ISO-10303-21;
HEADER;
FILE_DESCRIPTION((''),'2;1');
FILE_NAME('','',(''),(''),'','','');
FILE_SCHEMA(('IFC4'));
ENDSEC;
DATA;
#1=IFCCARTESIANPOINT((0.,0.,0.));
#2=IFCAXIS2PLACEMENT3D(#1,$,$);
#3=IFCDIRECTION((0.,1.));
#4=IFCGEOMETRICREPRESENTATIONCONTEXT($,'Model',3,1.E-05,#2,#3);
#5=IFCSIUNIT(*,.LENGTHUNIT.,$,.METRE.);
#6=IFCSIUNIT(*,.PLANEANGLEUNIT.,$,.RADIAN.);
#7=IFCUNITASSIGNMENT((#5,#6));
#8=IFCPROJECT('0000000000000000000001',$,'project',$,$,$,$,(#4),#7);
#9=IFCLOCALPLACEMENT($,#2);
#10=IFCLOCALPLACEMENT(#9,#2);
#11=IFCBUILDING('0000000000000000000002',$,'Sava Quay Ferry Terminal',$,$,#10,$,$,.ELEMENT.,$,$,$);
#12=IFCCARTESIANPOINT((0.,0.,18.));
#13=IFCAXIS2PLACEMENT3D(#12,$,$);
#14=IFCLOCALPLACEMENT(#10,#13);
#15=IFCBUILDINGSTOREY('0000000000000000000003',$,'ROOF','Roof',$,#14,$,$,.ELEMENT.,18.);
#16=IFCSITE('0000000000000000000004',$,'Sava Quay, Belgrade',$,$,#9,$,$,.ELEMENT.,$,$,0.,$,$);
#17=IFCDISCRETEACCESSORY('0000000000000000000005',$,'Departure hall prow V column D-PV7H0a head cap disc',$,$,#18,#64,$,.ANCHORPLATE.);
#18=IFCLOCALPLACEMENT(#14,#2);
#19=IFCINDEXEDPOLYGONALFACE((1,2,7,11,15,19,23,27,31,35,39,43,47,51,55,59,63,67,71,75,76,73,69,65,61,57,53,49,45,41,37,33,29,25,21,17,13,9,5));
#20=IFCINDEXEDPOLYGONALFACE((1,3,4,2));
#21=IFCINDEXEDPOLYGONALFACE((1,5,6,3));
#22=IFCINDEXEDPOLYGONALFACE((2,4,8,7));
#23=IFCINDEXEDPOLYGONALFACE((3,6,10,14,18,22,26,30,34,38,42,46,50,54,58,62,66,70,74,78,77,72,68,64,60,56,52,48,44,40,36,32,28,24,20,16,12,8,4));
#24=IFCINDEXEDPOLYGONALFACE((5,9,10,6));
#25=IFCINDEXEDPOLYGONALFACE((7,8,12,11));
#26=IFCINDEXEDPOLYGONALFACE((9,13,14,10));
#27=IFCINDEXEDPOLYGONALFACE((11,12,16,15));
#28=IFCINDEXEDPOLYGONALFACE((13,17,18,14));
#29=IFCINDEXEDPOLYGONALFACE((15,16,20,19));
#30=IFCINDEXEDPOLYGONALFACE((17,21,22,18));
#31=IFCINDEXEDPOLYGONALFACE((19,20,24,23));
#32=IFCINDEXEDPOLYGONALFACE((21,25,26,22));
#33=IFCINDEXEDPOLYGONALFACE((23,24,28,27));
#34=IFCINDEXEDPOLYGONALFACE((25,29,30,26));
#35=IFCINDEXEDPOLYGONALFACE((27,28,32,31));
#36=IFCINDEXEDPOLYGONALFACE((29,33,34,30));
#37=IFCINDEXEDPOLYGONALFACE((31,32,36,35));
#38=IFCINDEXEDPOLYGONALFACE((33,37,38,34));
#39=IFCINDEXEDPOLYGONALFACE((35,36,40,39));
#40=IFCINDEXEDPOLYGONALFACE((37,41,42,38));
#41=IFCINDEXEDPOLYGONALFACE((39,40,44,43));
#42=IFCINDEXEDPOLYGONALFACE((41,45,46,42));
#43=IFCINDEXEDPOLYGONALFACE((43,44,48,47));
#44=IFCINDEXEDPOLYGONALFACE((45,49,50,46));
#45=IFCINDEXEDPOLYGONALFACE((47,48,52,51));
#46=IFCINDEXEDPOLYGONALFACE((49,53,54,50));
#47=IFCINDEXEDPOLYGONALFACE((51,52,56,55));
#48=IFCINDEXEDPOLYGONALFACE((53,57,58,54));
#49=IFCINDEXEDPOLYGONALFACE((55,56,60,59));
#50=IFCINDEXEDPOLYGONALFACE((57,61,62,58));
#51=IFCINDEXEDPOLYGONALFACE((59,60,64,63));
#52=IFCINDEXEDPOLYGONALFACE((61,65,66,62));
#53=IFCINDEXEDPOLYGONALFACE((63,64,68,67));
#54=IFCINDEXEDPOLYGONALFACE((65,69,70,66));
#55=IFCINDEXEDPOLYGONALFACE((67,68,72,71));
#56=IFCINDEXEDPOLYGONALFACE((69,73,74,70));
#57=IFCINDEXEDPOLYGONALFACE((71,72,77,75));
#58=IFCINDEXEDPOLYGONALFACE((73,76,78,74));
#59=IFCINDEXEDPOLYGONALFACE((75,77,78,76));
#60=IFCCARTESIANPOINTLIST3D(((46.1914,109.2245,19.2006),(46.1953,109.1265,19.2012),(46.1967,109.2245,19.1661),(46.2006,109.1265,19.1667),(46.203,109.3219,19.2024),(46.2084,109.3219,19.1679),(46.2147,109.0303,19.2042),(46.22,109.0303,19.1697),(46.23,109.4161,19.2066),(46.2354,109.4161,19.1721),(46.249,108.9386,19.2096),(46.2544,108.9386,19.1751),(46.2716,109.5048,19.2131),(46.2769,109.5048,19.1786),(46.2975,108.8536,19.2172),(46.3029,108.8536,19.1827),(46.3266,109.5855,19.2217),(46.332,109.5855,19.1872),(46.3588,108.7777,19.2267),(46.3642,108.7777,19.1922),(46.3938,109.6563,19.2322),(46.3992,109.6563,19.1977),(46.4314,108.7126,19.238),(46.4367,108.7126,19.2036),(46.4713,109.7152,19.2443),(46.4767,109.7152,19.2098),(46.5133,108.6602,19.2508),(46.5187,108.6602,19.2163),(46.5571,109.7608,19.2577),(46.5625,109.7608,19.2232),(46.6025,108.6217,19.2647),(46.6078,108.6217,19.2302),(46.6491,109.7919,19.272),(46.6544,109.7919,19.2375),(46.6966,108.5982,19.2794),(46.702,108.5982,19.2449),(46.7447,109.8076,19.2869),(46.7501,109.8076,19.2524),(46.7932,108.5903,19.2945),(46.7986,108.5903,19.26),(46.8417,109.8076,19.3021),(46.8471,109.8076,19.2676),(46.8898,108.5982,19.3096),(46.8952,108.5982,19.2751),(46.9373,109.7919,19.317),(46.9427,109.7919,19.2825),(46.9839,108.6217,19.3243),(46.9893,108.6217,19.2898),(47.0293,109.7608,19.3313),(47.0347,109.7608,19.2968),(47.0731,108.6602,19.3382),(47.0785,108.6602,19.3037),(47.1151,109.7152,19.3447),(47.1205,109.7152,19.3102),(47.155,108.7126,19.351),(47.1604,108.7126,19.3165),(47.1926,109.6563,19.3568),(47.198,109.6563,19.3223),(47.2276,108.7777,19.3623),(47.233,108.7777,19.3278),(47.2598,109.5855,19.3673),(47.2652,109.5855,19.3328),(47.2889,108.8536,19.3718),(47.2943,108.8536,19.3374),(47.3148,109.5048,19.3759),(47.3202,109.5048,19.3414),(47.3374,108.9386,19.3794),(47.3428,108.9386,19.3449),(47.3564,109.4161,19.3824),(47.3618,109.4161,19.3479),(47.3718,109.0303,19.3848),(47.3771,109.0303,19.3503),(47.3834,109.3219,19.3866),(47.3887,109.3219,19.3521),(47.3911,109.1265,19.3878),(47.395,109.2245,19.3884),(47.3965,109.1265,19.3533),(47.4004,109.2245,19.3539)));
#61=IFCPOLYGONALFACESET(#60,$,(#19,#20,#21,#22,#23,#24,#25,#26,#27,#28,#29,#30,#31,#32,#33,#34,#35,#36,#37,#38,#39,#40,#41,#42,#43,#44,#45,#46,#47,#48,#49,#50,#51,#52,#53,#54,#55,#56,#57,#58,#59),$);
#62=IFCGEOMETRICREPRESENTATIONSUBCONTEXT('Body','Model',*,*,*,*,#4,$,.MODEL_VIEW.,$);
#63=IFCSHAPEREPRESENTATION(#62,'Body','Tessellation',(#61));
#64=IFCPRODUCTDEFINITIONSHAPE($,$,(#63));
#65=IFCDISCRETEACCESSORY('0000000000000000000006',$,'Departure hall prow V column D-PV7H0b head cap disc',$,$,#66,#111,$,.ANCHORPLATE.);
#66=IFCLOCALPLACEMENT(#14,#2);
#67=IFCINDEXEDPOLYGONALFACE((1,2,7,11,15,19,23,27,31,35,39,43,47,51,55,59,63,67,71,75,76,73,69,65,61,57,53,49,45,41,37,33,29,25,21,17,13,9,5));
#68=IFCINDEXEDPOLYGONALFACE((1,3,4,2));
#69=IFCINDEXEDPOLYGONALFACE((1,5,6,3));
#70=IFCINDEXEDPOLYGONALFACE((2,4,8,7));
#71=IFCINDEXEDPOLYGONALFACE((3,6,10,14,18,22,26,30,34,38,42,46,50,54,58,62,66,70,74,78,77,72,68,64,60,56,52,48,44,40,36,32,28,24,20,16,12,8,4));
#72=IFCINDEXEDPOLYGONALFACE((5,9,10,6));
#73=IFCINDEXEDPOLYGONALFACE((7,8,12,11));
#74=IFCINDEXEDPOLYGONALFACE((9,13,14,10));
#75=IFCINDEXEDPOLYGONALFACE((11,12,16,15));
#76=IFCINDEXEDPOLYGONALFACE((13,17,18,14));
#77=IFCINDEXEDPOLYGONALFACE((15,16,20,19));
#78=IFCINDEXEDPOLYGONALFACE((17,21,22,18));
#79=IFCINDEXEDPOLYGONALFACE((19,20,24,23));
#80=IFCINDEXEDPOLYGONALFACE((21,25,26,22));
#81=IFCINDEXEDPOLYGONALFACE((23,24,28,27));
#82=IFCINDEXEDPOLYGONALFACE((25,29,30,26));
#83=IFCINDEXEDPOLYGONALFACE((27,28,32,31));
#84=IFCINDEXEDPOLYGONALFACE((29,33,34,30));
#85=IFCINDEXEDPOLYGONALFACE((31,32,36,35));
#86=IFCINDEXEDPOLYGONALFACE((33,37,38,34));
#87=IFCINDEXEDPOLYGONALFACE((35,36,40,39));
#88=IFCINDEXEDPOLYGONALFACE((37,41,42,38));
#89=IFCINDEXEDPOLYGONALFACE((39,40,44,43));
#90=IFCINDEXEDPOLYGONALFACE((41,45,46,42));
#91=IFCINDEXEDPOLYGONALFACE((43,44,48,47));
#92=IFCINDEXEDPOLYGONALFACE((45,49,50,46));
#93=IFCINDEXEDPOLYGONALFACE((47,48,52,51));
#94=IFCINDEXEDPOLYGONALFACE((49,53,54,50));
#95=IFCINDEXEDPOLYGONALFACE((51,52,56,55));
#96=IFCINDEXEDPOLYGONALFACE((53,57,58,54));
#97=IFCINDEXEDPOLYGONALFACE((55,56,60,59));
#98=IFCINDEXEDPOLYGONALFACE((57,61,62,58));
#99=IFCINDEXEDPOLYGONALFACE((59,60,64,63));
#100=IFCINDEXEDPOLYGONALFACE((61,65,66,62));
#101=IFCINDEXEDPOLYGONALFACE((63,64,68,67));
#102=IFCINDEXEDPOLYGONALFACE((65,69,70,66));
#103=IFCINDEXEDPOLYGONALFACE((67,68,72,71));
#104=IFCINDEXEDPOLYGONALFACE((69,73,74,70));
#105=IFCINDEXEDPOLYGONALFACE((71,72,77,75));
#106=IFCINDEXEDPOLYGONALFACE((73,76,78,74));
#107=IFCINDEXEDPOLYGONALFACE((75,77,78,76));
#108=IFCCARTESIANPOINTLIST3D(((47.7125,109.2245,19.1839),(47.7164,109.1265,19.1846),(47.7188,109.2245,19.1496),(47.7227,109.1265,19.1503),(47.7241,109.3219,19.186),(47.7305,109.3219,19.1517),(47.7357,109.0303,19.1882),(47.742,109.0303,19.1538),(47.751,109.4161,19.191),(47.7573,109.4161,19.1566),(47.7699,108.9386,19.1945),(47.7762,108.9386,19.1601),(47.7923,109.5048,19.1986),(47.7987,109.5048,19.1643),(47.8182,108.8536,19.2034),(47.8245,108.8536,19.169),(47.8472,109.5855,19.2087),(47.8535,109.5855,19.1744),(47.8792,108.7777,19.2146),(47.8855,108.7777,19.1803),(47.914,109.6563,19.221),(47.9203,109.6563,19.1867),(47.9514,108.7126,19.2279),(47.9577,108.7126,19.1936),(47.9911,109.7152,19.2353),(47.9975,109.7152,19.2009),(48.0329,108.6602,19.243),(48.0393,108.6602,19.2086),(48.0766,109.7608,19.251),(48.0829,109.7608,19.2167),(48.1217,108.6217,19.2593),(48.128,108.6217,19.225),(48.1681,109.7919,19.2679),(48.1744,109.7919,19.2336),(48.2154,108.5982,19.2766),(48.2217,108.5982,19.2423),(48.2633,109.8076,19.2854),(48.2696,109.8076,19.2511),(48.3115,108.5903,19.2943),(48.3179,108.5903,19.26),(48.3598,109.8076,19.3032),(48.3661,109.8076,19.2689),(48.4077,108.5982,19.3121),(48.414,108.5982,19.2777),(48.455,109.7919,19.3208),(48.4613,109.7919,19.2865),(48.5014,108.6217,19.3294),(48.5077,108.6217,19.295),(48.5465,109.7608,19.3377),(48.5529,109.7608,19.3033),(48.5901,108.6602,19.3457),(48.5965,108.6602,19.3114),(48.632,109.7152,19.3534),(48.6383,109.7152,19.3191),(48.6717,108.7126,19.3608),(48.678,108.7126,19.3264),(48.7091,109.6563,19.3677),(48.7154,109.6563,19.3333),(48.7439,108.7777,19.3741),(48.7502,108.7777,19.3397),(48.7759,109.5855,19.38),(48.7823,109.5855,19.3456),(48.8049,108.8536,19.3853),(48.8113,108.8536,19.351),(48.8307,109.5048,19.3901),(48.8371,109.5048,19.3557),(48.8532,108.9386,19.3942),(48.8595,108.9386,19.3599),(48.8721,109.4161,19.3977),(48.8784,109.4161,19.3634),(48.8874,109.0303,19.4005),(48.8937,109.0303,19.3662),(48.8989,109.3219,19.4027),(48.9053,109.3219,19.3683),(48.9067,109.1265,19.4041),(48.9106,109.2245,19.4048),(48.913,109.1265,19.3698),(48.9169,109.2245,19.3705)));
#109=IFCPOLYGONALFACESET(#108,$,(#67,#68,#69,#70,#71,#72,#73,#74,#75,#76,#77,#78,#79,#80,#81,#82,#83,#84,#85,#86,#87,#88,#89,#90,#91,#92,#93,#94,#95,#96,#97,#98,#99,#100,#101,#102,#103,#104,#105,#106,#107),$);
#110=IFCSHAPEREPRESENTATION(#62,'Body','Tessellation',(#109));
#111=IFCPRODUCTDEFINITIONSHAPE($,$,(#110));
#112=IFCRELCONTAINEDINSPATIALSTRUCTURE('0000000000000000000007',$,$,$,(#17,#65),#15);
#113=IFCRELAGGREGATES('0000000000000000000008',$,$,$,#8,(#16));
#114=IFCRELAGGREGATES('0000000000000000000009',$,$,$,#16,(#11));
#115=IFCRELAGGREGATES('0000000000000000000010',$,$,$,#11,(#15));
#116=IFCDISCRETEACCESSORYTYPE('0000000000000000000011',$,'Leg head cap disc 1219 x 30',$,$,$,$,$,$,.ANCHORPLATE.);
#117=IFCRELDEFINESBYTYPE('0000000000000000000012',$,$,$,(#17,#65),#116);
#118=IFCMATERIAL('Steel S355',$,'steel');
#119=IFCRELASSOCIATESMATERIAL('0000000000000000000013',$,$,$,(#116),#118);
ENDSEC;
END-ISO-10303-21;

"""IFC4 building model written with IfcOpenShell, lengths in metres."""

from ifc_helpers import new_model, si_unit, direction, frame, origin, origin_2d, place, context, subcontext, project, spatial, circle, extrude, material, material_profile, profile_set, type_object, element, save


model = new_model("IFC4")

# Units and contexts
model_context = context("Model", 3, precision=1e-05, world=origin(), true_north=direction((0.0, 1.0)))
body_context = subcontext(model_context, "Body", "Model", "MODEL_VIEW")
ifc_project = project(units=[si_unit("LENGTHUNIT", "METRE"), si_unit("PLANEANGLEUNIT", "RADIAN")], contexts=[model_context])

# Site, building, storey
site_placement = place(None, origin())
site = spatial("IfcSite", under=ifc_project, at=site_placement, Name="Sava Quay, Belgrade", CompositionType="ELEMENT", RefElevation=0.0)
building_placement = place(site_placement, origin())
building = spatial("IfcBuilding", under=site, at=building_placement, Name="Sava Quay Ferry Terminal", CompositionType="ELEMENT")
storey_placement = place(building_placement, frame((0.0, 0.0, 18.0)))
storey = spatial("IfcBuildingStorey", under=building, at=storey_placement, Name="ROOF", Description="Roof", CompositionType="ELEMENT", Elevation=18.0)

# Discrete accessories
ifc_material_1 = material(Name="Steel S355", Category="steel")
ifc_material_profile_1 = material_profile(ifc_material_1, circle(Radius=0.6096, at=origin_2d()), Name="Disc 1219")
ifc_profile_set_1 = profile_set([ifc_material_profile_1], Name="Steel S355")
discrete_accessory_type = type_object("IfcDiscreteAccessoryType", Name="Leg head cap disc 1219 x 30", PredefinedType="ANCHORPLATE", material=ifc_profile_set_1)
for number, where, z_axis, x_axis, name in (
    (1, (46.7986, 109.2, 19.26), (-0.154163, 0.0, 0.988045), (0.0, -1.0, 0.0), "Departure hall prow V column D-PV7H0a head cap disc"),
    (2, (48.3179, 109.2, 19.26), (-0.18134, 0.0, 0.98342), (0.0, -1.0, 0.0), "Departure hall prow V column D-PV7H0b head cap disc"),
):
    element("IfcDiscreteAccessory", number, at=place(storey_placement, frame(where, z_axis=z_axis, x_axis=x_axis)), inside=storey, type_object=discrete_accessory_type, Name=name, PredefinedType="ANCHORPLATE", context=body_context, shape_type="SweptSolid", body=[
        extrude(circle(Radius=0.6096, at=origin_2d()), origin(), (0.0, 0.0, 1.0), 0.0349),
    ])

save(model, "model.ifc")
